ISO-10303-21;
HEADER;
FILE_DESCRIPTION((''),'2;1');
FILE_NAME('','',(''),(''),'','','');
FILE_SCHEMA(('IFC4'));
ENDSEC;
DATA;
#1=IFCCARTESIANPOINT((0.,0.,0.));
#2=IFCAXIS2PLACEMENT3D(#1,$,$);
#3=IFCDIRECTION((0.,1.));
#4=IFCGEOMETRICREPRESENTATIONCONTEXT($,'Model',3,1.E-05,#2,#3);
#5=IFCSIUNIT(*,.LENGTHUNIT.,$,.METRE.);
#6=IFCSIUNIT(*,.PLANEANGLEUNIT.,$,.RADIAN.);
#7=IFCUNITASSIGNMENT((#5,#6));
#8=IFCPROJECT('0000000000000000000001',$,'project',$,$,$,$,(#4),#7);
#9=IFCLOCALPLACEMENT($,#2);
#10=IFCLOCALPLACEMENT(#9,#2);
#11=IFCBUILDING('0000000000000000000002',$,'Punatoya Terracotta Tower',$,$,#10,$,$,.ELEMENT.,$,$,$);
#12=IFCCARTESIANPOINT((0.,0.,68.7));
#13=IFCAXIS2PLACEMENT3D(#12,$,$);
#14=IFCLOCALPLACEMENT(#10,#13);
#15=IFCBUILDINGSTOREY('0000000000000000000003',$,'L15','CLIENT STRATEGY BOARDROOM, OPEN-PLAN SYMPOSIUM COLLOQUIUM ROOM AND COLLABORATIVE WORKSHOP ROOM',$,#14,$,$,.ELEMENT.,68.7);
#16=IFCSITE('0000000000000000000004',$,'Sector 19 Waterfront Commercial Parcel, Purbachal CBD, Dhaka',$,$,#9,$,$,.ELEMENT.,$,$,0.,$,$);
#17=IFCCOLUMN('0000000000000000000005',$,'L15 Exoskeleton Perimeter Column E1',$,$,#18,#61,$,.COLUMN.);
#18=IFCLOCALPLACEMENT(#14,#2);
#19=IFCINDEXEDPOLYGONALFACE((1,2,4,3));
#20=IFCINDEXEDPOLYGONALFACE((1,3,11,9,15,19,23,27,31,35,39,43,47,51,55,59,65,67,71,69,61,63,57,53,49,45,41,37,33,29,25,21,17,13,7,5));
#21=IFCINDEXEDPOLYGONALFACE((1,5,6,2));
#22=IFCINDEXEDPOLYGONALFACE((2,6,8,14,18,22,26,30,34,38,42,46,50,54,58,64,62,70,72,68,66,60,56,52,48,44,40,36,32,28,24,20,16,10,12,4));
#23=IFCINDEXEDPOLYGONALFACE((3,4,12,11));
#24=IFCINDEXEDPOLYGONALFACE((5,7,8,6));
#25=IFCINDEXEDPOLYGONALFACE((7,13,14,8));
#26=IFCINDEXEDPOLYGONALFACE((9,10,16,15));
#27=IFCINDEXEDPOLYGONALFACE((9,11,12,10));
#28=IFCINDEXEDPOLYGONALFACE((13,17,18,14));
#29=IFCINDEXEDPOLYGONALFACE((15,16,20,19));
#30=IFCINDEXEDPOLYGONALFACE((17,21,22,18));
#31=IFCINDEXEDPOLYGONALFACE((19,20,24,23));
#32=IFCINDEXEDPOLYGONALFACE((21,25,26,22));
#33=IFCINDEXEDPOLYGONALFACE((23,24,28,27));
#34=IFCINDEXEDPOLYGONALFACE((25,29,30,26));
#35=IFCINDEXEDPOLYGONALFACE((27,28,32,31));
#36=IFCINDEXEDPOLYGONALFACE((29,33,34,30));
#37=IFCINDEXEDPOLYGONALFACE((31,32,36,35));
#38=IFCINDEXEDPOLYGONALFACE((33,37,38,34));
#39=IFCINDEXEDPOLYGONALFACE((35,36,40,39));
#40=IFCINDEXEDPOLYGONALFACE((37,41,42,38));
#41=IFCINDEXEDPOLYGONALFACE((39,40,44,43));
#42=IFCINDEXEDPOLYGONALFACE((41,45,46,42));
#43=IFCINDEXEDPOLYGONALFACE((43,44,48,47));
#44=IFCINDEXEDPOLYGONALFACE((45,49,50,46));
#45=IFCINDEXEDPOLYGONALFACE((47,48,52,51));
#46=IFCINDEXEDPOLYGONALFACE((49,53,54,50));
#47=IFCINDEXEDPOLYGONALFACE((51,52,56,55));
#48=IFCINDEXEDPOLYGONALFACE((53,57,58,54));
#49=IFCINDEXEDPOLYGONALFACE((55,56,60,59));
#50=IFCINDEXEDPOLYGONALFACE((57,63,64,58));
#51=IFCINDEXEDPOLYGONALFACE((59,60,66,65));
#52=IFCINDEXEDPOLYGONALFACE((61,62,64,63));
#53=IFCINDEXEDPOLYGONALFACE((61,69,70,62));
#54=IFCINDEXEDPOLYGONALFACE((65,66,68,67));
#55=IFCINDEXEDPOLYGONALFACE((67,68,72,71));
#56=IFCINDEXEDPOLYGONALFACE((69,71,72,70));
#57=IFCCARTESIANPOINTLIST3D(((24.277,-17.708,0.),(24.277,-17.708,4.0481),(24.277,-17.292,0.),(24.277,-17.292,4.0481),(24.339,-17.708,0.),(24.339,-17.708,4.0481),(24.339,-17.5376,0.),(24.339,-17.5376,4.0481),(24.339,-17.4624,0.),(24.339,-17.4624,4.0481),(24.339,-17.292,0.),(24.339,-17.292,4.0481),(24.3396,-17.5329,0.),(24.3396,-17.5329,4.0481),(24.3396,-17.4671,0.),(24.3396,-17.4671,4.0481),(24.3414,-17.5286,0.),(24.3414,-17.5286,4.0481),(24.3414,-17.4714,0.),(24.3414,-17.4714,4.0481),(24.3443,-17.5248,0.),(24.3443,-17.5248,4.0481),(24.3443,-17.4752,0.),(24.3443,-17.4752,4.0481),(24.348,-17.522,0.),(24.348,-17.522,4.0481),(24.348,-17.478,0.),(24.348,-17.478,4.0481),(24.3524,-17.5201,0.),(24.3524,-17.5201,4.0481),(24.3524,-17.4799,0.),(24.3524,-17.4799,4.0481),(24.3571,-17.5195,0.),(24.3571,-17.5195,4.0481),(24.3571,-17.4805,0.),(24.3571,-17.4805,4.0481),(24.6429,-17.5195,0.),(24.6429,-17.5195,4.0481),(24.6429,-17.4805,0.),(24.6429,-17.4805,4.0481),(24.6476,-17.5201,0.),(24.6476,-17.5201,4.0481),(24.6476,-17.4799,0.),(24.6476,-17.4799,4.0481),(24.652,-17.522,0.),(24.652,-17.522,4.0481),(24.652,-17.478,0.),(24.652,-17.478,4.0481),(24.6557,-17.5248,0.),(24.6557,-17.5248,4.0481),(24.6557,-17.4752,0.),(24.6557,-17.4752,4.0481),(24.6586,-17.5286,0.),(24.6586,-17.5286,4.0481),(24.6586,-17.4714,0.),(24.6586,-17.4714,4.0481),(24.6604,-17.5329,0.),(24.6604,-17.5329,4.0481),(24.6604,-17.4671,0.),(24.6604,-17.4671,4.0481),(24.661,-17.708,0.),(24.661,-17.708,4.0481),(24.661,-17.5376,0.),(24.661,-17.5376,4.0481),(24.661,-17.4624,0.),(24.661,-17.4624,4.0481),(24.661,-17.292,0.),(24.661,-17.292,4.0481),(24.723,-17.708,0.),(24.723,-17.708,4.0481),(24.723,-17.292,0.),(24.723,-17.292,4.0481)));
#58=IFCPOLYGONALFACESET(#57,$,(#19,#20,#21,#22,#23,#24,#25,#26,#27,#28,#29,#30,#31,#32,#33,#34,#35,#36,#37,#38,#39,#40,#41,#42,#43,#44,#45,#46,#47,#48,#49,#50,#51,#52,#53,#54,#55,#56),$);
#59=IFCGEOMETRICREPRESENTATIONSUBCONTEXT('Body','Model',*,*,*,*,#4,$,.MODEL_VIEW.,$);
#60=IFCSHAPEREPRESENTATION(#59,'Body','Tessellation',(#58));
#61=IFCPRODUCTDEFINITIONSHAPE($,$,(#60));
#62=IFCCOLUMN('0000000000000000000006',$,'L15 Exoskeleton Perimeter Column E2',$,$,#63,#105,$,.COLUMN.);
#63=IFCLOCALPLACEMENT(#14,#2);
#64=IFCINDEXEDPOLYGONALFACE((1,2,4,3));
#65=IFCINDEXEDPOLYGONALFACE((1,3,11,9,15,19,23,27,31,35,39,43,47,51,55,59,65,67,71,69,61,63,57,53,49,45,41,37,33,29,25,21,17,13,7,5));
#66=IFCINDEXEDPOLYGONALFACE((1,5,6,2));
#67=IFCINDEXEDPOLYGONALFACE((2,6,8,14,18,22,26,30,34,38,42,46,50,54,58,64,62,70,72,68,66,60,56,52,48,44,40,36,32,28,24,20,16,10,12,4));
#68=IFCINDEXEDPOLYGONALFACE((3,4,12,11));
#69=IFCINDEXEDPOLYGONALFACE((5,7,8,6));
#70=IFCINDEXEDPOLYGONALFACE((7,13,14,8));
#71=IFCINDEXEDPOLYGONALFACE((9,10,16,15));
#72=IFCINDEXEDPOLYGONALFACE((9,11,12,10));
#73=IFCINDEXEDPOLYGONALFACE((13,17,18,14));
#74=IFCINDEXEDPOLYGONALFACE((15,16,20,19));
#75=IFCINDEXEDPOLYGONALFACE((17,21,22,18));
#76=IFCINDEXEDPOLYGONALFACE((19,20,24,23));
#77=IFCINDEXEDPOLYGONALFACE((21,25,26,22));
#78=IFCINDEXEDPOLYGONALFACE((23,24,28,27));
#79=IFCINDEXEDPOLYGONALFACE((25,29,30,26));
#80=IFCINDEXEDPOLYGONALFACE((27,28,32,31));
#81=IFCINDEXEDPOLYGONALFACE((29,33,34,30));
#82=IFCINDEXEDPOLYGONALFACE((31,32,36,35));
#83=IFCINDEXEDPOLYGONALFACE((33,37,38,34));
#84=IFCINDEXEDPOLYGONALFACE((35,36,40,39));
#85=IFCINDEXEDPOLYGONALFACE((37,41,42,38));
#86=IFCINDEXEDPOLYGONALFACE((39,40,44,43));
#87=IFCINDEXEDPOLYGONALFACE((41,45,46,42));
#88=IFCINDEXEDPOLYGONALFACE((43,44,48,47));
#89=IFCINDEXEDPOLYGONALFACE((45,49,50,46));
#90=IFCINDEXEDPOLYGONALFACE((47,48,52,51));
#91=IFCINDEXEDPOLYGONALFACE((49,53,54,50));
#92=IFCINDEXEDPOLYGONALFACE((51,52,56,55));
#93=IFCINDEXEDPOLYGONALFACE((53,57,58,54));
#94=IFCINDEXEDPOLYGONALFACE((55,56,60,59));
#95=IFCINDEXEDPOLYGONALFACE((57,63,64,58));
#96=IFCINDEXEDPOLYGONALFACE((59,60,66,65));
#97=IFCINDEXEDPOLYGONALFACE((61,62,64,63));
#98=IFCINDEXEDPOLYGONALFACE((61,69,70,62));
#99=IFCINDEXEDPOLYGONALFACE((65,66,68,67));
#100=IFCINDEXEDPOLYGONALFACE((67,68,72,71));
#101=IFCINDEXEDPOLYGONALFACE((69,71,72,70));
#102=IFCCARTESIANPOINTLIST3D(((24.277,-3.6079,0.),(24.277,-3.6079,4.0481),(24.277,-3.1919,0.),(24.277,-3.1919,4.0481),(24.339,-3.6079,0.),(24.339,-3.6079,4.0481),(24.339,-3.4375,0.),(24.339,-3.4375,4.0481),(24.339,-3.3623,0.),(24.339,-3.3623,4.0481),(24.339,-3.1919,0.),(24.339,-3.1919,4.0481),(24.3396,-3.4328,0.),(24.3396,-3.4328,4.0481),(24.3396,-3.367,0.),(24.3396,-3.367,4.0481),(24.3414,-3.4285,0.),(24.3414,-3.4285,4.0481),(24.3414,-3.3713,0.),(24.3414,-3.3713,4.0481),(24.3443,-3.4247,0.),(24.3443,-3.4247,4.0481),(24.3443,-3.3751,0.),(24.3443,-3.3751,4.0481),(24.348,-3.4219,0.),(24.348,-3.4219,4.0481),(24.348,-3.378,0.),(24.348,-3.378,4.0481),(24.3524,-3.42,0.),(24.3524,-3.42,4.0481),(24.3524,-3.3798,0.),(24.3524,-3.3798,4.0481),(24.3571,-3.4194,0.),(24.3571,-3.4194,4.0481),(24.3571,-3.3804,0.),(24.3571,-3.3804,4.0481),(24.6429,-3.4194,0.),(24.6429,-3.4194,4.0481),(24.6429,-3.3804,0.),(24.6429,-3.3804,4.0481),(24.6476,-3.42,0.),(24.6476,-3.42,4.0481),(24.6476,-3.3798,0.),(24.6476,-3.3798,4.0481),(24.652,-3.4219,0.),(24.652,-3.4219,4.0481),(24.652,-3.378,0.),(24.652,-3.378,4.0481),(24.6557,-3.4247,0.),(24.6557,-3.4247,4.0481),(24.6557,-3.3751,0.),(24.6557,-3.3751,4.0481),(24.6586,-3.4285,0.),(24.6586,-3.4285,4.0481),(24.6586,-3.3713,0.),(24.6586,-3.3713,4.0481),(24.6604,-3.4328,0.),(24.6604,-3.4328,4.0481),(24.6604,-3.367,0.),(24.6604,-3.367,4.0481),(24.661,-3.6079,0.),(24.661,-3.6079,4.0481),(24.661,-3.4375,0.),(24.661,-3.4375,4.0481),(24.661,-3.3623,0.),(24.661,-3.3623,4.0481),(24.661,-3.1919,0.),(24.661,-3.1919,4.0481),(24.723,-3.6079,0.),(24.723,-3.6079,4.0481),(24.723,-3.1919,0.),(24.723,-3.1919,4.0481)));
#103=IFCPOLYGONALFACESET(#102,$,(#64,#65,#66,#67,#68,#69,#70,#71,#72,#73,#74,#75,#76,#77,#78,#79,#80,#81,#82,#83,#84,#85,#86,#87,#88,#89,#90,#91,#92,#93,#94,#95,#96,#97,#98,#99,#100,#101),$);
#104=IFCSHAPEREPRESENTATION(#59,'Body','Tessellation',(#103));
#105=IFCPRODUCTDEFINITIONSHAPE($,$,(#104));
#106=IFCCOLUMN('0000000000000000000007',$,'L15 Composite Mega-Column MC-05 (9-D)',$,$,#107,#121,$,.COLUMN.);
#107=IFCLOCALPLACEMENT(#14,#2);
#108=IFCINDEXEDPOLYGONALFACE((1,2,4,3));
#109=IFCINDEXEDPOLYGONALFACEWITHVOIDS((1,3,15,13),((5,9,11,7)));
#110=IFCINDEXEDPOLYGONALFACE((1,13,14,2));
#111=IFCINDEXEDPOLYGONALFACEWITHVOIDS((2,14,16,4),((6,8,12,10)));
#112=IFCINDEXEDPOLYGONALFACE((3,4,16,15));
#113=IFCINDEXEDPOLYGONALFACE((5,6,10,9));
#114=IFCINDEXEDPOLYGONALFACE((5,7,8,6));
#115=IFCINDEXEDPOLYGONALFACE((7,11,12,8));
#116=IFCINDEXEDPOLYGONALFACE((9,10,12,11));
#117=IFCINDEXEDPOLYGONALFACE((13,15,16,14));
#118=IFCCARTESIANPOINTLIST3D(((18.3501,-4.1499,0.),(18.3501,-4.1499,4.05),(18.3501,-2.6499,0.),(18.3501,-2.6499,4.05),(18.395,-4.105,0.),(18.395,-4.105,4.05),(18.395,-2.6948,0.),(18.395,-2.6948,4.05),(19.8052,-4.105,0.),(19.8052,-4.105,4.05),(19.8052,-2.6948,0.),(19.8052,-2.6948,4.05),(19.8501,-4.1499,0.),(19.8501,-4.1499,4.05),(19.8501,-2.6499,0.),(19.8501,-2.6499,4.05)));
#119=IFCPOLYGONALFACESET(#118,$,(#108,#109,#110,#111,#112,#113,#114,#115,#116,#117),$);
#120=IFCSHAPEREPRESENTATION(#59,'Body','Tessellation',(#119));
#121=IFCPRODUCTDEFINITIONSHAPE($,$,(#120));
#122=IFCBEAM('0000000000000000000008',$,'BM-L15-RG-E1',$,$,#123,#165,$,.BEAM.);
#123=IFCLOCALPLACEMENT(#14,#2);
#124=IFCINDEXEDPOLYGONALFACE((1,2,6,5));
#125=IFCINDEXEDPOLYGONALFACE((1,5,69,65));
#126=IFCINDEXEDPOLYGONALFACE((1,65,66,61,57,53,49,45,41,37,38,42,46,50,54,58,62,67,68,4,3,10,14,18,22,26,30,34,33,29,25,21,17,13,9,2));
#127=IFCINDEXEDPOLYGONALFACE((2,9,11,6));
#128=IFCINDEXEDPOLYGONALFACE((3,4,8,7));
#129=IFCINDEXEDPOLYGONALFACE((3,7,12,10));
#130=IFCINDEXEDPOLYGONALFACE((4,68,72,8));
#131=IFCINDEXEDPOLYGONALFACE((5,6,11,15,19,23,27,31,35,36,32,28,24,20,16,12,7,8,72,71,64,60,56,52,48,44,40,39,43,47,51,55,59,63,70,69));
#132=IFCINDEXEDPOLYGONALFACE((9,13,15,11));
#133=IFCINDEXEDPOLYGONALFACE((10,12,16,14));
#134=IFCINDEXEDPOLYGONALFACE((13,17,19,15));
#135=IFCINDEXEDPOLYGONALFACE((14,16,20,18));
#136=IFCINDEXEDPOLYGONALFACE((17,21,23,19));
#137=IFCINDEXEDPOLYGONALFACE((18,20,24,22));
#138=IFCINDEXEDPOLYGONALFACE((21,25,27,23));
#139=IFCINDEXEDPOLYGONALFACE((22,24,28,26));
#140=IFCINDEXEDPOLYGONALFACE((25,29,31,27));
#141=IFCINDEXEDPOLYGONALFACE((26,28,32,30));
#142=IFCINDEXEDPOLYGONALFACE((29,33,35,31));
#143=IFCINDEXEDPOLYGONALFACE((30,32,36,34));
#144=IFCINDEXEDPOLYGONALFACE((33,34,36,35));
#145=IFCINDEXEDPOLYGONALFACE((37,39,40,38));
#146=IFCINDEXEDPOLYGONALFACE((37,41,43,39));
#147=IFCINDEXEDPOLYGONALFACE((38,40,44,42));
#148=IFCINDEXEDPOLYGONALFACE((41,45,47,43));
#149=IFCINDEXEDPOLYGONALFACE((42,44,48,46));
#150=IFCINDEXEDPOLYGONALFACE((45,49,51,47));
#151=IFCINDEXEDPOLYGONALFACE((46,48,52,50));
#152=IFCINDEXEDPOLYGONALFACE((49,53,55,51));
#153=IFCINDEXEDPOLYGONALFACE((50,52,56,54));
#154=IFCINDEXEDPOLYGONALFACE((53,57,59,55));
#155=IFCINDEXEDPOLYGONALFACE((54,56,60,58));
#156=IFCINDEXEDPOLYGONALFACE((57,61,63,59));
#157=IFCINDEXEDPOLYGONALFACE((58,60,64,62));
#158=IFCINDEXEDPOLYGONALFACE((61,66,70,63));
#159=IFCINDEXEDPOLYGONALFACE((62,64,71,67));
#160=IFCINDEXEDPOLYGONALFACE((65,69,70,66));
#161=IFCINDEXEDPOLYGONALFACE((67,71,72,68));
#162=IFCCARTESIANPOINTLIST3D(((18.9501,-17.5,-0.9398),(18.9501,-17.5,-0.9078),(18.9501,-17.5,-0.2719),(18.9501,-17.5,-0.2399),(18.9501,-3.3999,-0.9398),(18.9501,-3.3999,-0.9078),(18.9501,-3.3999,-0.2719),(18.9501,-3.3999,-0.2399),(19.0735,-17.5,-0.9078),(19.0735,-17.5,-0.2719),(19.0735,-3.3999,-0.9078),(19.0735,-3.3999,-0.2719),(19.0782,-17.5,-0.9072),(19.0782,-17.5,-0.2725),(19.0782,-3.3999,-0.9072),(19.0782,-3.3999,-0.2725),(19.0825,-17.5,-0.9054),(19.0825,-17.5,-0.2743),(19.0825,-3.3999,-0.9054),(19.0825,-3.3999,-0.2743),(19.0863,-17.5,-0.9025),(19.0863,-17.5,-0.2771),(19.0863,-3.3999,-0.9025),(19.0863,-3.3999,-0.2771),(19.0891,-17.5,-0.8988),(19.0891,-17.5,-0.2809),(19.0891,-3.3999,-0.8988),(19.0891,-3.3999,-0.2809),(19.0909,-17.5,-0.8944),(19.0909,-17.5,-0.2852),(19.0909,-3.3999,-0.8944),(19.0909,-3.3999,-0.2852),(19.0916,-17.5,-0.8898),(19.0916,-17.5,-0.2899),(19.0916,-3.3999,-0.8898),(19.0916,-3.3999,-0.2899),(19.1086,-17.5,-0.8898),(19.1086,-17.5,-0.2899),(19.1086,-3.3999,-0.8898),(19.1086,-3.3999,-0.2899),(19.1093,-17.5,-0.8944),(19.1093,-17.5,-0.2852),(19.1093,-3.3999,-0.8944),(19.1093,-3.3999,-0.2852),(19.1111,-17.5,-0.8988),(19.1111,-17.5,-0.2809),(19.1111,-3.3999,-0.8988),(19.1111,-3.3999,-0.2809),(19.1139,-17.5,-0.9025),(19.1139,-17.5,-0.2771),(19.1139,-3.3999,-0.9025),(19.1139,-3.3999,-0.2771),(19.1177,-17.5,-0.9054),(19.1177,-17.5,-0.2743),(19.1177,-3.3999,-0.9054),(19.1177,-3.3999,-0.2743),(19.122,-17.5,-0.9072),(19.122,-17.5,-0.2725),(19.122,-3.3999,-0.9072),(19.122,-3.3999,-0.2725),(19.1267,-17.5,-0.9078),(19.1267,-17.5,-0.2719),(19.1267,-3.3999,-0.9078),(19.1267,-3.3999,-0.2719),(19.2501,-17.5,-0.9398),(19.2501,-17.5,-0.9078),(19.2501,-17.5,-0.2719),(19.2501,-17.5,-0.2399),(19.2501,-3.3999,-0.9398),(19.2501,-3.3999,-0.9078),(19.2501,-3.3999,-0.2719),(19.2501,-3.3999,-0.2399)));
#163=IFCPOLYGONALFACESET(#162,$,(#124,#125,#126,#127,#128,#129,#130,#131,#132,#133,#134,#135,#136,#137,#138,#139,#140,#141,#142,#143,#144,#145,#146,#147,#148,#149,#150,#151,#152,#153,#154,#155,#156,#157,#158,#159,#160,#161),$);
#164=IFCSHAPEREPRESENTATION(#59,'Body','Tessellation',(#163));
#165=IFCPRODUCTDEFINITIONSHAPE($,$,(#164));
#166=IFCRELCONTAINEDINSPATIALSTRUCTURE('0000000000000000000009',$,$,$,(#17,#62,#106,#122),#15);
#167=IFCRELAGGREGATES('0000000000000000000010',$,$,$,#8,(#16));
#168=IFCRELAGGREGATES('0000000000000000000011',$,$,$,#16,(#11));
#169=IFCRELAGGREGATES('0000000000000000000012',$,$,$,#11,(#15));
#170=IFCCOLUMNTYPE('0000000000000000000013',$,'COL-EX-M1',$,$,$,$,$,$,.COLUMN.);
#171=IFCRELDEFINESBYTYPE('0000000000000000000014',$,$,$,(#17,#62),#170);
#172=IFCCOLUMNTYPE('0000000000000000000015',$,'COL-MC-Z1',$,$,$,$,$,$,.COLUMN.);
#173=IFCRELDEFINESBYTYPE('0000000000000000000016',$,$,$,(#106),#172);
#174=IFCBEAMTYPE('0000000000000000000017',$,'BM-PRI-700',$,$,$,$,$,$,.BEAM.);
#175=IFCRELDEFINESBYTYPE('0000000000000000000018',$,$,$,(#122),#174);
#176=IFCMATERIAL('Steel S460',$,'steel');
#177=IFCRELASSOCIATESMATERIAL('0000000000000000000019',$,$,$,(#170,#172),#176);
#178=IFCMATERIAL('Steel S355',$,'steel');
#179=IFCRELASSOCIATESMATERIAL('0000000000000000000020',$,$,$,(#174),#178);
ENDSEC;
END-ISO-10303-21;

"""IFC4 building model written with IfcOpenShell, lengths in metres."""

from ifc_helpers import new_model, si_unit, direction, frame, origin, origin_2d, place, context, subcontext, project, spatial, hollow_rectangle, i_section, extrude, material, material_profile, profile_set, type_object, element, save


model = new_model("IFC4")

# Units and contexts
model_context = context("Model", 3, precision=1e-05, world=origin(), true_north=direction((0.0, 1.0)))
body_context = subcontext(model_context, "Body", "Model", "MODEL_VIEW")
ifc_project = project(units=[si_unit("LENGTHUNIT", "METRE"), si_unit("PLANEANGLEUNIT", "RADIAN")], contexts=[model_context])

# Site, building, storey
site_placement = place(None, origin())
site = spatial("IfcSite", under=ifc_project, at=site_placement, Name="Sector 19 Waterfront Commercial Parcel, Purbachal CBD, Dhaka", CompositionType="ELEMENT", RefElevation=0.0)
building_placement = place(site_placement, origin())
building = spatial("IfcBuilding", under=site, at=building_placement, Name="Punatoya Terracotta Tower", CompositionType="ELEMENT")
storey_placement = place(building_placement, frame((0.0, 0.0, 68.7)))
storey = spatial("IfcBuildingStorey", under=building, at=storey_placement, Name="L15", Description="CLIENT STRATEGY BOARDROOM, OPEN-PLAN SYMPOSIUM COLLOQUIUM ROOM AND COLLABORATIVE WORKSHOP ROOM", CompositionType="ELEMENT", Elevation=68.7)

# Columns
ifc_material_1 = material(Name="Steel S460", Category="steel")
ifc_material_profile_1 = material_profile(ifc_material_1, i_section(OverallWidth=0.416, OverallDepth=0.446, WebThickness=0.0391, FlangeThickness=0.062, FilletRadius=0.0181, at=origin_2d()))
ifc_profile_set_1 = profile_set([ifc_material_profile_1], Name="Steel S460")
column_type_1 = type_object("IfcColumnType", Name="COL-EX-M1", PredefinedType="COLUMN", material=ifc_profile_set_1)
for number, where, z_axis, x_axis, name in (
    (1, (24.5, -17.5, 0.0), (0.0, 0.0, 1.0), (0.0, 1.0, 0.0), "L15 Exoskeleton Perimeter Column E1"),
    (2, (24.5, -3.3999, 0.0), (0.0, 0.0, 1.0), (0.0, 1.0, 0.0), "L15 Exoskeleton Perimeter Column E2"),
):
    element("IfcColumn", number, at=place(storey_placement, frame(where, z_axis=z_axis, x_axis=x_axis)), inside=storey, type_object=column_type_1, Name=name, PredefinedType="COLUMN", context=body_context, shape_type="SweptSolid", body=[
        extrude(i_section(OverallWidth=0.416, OverallDepth=0.446, WebThickness=0.0391, FlangeThickness=0.062, FilletRadius=0.0181, at=origin_2d()), origin(), (0.0, 0.0, 1.0), 4.0481),
    ])
ifc_material_profile_2 = material_profile(ifc_material_1, hollow_rectangle(XDim=1.5, YDim=1.5, WallThickness=0.0449, at=origin_2d()))
ifc_profile_set_2 = profile_set([ifc_material_profile_2], Name="Steel S460")
column_type_2 = type_object("IfcColumnType", Name="COL-MC-Z1", PredefinedType="COLUMN", material=ifc_profile_set_2)
column_placement = place(storey_placement, frame((19.1001, -3.3999, 0.0), z_axis=(0.0, 0.0, 1.0), x_axis=(1.0, 0.0, 0.0)))
element("IfcColumn", 3, at=column_placement, inside=storey, type_object=column_type_2, Name="L15 Composite Mega-Column MC-05 (9-D)", PredefinedType="COLUMN", context=body_context, shape_type="SweptSolid", body=[
    extrude(hollow_rectangle(XDim=1.5, YDim=1.5, WallThickness=0.0449, at=origin_2d()), origin(), (0.0, 0.0, 1.0), 4.05),
])

# Beam
ifc_material_2 = material(Name="Steel S355", Category="steel")
ifc_material_profile_3 = material_profile(ifc_material_2, i_section(OverallWidth=0.3, OverallDepth=0.7, WebThickness=0.0171, FlangeThickness=0.032, FilletRadius=0.0181, at=origin_2d()))
ifc_profile_set_3 = profile_set([ifc_material_profile_3], Name="Steel S355")
beam_type_1 = type_object("IfcBeamType", Name="BM-PRI-700", PredefinedType="BEAM", material=ifc_profile_set_3)
beam_1_placement = place(storey_placement, frame((19.1001, -17.5, -0.5898), z_axis=(0.0, 1.0, 0.0), x_axis=(-1.0, 0.0, 0.0)))
element("IfcBeam", 4, at=beam_1_placement, inside=storey, type_object=beam_type_1, Name="BM-L15-RG-E1", PredefinedType="BEAM", context=body_context, shape_type="SweptSolid", body=[
    extrude(i_section(OverallWidth=0.3, OverallDepth=0.7, WebThickness=0.0171, FlangeThickness=0.032, FilletRadius=0.0181, at=origin_2d()), origin(), (0.0, 0.0, 1.0), 14.1001),
])

save(model, "model.ifc")
